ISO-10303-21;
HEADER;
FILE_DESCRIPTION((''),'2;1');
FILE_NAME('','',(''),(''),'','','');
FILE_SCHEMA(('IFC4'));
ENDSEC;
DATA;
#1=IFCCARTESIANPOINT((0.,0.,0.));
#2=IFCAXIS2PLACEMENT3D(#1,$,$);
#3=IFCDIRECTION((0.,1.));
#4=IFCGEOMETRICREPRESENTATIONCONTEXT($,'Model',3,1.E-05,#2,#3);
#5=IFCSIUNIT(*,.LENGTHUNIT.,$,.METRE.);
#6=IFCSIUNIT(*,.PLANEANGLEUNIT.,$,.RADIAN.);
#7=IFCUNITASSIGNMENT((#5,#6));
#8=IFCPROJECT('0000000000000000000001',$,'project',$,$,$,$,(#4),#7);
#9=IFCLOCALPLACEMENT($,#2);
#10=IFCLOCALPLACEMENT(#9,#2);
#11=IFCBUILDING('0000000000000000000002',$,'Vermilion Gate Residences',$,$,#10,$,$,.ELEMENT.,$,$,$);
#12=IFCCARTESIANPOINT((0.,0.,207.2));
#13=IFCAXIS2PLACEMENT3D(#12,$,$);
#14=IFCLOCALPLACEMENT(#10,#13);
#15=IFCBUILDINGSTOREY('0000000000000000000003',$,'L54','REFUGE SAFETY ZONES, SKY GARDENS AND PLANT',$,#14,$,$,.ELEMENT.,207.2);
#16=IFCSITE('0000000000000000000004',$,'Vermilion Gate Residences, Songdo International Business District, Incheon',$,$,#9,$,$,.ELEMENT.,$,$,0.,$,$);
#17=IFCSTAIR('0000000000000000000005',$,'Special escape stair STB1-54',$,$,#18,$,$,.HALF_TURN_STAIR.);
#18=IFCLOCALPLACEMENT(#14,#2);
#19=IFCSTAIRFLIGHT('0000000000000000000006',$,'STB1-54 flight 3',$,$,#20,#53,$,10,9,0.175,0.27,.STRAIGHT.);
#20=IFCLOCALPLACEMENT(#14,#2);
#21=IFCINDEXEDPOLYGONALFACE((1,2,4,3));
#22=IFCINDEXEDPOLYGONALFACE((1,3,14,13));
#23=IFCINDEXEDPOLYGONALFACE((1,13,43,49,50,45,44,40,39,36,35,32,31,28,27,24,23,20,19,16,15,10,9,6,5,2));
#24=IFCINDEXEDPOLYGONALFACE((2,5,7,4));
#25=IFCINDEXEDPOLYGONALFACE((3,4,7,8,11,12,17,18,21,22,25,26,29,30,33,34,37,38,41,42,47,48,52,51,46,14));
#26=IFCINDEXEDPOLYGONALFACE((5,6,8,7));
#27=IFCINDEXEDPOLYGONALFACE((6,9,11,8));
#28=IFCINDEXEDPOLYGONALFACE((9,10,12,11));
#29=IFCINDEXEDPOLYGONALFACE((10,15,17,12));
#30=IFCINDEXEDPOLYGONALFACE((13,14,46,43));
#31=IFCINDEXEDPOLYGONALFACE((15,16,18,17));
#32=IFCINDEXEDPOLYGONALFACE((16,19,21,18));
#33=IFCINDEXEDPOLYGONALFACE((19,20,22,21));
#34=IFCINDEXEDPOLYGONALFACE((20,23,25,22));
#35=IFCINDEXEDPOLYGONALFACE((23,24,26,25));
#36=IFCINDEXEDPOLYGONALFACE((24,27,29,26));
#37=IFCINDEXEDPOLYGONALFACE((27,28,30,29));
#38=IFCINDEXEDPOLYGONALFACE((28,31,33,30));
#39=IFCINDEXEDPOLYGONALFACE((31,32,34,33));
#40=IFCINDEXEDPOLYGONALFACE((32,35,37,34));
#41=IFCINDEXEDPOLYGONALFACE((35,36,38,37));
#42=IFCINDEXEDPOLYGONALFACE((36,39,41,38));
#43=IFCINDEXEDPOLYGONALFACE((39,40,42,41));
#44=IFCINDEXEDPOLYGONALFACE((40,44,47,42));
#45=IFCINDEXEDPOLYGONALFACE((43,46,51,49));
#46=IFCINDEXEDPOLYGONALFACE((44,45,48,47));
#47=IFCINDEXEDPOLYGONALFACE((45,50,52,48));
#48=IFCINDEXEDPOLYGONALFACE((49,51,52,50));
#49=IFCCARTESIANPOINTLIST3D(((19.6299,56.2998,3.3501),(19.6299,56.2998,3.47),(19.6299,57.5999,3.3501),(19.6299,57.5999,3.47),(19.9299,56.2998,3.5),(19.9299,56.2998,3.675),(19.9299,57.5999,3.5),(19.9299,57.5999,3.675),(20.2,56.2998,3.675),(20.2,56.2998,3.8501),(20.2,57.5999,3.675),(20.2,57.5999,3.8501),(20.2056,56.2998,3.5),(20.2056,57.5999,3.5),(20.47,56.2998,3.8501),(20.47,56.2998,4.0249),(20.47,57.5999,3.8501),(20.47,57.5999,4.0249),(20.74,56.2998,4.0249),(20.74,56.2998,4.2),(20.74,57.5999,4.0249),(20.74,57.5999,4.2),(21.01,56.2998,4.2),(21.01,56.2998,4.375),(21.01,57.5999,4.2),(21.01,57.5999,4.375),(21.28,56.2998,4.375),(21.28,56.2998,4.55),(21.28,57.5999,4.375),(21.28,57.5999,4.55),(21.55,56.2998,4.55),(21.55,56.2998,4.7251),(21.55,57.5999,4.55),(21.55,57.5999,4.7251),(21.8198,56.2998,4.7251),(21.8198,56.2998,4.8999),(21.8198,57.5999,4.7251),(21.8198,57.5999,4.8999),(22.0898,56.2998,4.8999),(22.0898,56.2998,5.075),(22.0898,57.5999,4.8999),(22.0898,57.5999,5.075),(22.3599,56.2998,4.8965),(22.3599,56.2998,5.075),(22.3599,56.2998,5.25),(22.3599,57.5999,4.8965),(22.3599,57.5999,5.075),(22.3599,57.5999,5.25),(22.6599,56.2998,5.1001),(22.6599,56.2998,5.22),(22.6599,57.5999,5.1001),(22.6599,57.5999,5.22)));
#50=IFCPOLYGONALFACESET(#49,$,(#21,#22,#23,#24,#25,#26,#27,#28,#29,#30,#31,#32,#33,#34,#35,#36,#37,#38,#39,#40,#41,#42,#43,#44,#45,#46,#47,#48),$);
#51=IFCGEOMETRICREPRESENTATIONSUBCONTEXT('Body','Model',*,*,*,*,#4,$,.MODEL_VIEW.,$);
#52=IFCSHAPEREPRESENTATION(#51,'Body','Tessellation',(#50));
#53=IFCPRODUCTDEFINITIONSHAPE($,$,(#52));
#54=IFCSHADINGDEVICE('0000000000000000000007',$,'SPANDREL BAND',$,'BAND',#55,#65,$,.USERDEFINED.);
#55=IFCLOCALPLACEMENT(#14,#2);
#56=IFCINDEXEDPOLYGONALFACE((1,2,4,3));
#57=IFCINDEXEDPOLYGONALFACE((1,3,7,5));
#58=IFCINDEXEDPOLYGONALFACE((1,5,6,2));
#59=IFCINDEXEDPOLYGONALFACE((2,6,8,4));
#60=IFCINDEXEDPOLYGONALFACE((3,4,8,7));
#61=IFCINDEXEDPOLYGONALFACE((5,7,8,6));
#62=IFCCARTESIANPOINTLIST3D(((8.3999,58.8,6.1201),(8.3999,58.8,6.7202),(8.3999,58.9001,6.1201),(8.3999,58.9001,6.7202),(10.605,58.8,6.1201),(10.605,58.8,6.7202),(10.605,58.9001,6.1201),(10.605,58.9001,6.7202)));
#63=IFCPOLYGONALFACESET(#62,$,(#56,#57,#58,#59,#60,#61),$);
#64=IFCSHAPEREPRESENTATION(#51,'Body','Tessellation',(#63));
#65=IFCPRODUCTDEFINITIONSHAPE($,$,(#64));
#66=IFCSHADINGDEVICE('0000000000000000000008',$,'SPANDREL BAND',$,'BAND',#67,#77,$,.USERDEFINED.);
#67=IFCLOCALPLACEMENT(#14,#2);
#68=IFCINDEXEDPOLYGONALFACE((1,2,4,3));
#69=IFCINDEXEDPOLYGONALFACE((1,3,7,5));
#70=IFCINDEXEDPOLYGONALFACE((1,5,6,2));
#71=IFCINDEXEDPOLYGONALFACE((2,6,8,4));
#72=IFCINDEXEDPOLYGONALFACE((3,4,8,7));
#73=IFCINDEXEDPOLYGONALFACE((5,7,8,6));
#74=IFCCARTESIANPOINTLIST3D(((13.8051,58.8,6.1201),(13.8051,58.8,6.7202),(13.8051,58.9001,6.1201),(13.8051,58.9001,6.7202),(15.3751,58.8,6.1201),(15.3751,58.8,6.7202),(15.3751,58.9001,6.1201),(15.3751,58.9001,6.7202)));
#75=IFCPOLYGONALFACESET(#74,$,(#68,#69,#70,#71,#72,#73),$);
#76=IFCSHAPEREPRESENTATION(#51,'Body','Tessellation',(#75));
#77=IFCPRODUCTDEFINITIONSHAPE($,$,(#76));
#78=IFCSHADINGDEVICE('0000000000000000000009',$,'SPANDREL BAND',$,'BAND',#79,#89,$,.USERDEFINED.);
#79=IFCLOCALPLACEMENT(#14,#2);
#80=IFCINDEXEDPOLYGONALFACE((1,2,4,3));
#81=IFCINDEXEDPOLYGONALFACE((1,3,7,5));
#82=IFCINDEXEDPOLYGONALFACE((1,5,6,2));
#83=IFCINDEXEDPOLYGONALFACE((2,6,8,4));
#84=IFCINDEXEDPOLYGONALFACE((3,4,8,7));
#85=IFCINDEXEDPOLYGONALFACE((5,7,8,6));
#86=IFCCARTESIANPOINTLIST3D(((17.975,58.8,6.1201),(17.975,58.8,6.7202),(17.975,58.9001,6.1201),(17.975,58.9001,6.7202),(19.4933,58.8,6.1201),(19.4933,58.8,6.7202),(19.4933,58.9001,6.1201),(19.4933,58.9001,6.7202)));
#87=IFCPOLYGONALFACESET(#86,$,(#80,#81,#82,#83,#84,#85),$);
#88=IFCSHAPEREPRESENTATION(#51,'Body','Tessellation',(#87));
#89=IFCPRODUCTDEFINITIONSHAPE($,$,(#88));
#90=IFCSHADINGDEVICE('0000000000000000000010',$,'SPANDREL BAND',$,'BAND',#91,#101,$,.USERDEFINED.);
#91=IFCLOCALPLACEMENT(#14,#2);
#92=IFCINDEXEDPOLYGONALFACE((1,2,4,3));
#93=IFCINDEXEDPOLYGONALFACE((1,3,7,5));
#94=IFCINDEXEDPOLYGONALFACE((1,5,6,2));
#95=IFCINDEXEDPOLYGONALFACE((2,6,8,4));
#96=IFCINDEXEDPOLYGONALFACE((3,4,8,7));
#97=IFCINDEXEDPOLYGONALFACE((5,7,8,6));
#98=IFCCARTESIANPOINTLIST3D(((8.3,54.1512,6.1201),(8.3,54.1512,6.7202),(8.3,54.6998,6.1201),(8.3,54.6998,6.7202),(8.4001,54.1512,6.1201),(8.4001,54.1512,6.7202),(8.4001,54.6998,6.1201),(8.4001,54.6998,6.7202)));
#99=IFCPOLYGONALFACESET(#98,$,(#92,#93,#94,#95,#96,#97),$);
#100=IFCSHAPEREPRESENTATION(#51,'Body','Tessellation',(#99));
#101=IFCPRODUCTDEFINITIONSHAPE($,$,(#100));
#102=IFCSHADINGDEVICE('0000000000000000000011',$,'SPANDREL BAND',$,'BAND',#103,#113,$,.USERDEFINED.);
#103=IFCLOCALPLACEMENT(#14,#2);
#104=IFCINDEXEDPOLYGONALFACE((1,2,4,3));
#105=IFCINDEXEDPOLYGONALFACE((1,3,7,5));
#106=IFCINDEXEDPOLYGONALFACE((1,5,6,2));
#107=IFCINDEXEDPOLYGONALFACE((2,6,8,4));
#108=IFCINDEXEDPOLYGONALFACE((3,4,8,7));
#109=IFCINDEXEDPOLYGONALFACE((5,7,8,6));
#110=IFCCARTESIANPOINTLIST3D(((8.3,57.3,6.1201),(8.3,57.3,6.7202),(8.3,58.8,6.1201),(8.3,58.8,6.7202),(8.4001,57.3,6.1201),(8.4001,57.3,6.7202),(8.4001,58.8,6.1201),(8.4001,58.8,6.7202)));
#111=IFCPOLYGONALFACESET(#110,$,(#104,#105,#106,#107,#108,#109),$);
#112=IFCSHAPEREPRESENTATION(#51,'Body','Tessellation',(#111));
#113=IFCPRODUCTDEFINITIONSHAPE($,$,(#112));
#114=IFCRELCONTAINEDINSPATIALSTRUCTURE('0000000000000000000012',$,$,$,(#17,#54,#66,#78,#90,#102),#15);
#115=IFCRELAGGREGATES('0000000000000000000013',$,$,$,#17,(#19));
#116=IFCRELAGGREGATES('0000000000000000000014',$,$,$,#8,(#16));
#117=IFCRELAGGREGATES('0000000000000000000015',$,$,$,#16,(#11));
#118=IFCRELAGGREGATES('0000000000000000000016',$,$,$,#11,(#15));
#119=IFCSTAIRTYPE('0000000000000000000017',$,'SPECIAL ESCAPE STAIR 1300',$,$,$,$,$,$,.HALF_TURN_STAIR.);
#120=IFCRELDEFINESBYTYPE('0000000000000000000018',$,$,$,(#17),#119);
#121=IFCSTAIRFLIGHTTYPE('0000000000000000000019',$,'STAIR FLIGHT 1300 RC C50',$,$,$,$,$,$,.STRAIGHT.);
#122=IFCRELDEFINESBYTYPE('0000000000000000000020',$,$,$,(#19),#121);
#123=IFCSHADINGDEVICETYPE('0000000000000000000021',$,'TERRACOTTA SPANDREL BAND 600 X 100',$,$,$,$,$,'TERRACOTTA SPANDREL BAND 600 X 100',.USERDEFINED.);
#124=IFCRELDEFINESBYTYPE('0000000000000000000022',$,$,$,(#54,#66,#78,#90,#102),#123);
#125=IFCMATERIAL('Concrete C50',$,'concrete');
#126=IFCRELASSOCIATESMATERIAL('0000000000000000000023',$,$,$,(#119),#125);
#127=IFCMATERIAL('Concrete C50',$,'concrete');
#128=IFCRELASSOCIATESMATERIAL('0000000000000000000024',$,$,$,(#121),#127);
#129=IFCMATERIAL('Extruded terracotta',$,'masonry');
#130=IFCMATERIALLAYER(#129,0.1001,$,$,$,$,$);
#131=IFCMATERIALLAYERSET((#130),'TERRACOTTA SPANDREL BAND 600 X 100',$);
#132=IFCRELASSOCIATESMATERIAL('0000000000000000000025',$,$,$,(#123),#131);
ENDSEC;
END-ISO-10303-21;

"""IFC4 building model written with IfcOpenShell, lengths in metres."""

from ifc_helpers import new_model, si_unit, direction, frame, origin, origin_2d, place, context, subcontext, project, spatial, polyline, rectangle, outline, extrude, material, layer, layer_set, type_object, element, aggregate, save


model = new_model("IFC4")

# Units and contexts
model_context = context("Model", 3, precision=1e-05, world=origin(), true_north=direction((0.0, 1.0)))
body_context = subcontext(model_context, "Body", "Model", "MODEL_VIEW")
ifc_project = project(units=[si_unit("LENGTHUNIT", "METRE"), si_unit("PLANEANGLEUNIT", "RADIAN")], contexts=[model_context])

# Site, building, storey
site_placement = place(None, origin())
site = spatial("IfcSite", under=ifc_project, at=site_placement, Name="Vermilion Gate Residences, Songdo International Business District, Incheon", CompositionType="ELEMENT", RefElevation=0.0)
building_placement = place(site_placement, origin())
building = spatial("IfcBuilding", under=site, at=building_placement, Name="Vermilion Gate Residences", CompositionType="ELEMENT")
storey_placement = place(building_placement, frame((0.0, 0.0, 207.2)))
storey = spatial("IfcBuildingStorey", under=building, at=storey_placement, Name="L54", Description="REFUGE SAFETY ZONES, SKY GARDENS AND PLANT", CompositionType="ELEMENT", Elevation=207.2)

# Stair, stair flight
ifc_material_1 = material(Name="Concrete C50", Category="concrete")
stair_type = type_object("IfcStairType", Name="SPECIAL ESCAPE STAIR 1300", PredefinedType="HALF_TURN_STAIR", material=ifc_material_1)
stair_placement = place(storey_placement, origin())
stair = element("IfcStair", 1, at=stair_placement, inside=storey, type_object=stair_type, Name="Special escape stair STB1-54", PredefinedType="HALF_TURN_STAIR")
ifc_material_2 = material(Name="Concrete C50", Category="concrete")
stair_flight_type = type_object("IfcStairFlightType", Name="STAIR FLIGHT 1300 RC C50", PredefinedType="STRAIGHT", material=ifc_material_2)
stair_flight_1_placement = place(storey_placement, frame((19.9299, 56.95, 3.5), z_axis=(0.0, 0.0, 1.0), x_axis=(1.0, 0.0, 0.0)))
stair_flight_1 = element("IfcStairFlight", 2, at=stair_flight_1_placement, type_object=stair_flight_type, Name="STB1-54 flight 3", NumberOfRisers=10, NumberOfTreads=9, PredefinedType="STRAIGHT", RiserHeight=0.175, TreadLength=0.27, context=body_context, shape_type="SweptSolid", body=[
    extrude(outline(polyline([(-0.3, -0.1499), (-0.3, -0.03), (0.0, 0.0), (0.0, 0.175), (0.27, 0.175), (0.27, 0.3501), (0.54, 0.3501), (0.54, 0.5249), (0.8101, 0.5249), (0.8101, 0.7), (1.0801, 0.7), (1.0801, 0.875), (1.3501, 0.875), (1.3501, 1.05), (1.6201, 1.05), (1.6201, 1.2251), (1.8899, 1.2251), (1.8899, 1.3999), (2.1599, 1.3999), (2.1599, 1.575), (2.4299, 1.575), (2.4299, 1.75), (2.73, 1.72), (2.73, 1.6001), (2.4299, 1.3965), (0.2756, 0.0), (-0.3, -0.1499)])), frame((0.0, 0.6499, 0.0), z_axis=(0.0, -1.0, 0.0), x_axis=(1.0, 0.0, 0.0)), (0.0, 0.0, 1.0), 1.3),
])
aggregate(stair, [stair_flight_1])

# Shading devices
ifc_material_3 = material(Name="Extruded terracotta", Category="masonry")
ifc_layer_1 = layer(ifc_material_3, 0.1001)
ifc_layer_set_1 = layer_set([ifc_layer_1], Name="TERRACOTTA SPANDREL BAND 600 X 100")
shading_device_type = type_object("IfcShadingDeviceType", Name="TERRACOTTA SPANDREL BAND 600 X 100", ElementType="TERRACOTTA SPANDREL BAND 600 X 100", PredefinedType="USERDEFINED", material=ifc_layer_set_1)
shading_device_1_placement = place(storey_placement, frame((9.5024, 58.8501, 6.1201), z_axis=(0.0, 0.0, 1.0), x_axis=(1.0, 0.0, 0.0)))
element("IfcShadingDevice", 3, at=shading_device_1_placement, inside=storey, type_object=shading_device_type, Name="SPANDREL BAND", ObjectType="BAND", PredefinedType="USERDEFINED", context=body_context, shape_type="SweptSolid", body=[
    extrude(rectangle(XDim=2.2051, YDim=0.1001, at=origin_2d()), origin(), (0.0, 0.0, 1.0), 0.6001),
])
shading_device_2_placement = place(storey_placement, frame((14.5901, 58.8501, 6.1201), z_axis=(0.0, 0.0, 1.0), x_axis=(1.0, 0.0, 0.0)))
element("IfcShadingDevice", 4, at=shading_device_2_placement, inside=storey, type_object=shading_device_type, Name="SPANDREL BAND", ObjectType="BAND", PredefinedType="USERDEFINED", context=body_context, shape_type="SweptSolid", body=[
    extrude(rectangle(XDim=1.5701, YDim=0.1001, at=origin_2d()), origin(), (0.0, 0.0, 1.0), 0.6001),
])
shading_device_3_placement = place(storey_placement, frame((18.7341, 58.8501, 6.1201), z_axis=(0.0, 0.0, 1.0), x_axis=(1.0, 0.0, 0.0)))
element("IfcShadingDevice", 5, at=shading_device_3_placement, inside=storey, type_object=shading_device_type, Name="SPANDREL BAND", ObjectType="BAND", PredefinedType="USERDEFINED", context=body_context, shape_type="SweptSolid", body=[
    extrude(rectangle(XDim=1.5183, YDim=0.1001, at=origin_2d()), origin(), (0.0, 0.0, 1.0), 0.6001),
])
shading_device_4_placement = place(storey_placement, frame((8.3501, 54.4255, 6.1201), z_axis=(0.0, 0.0, 1.0), x_axis=(0.0, 1.0, 0.0)))
element("IfcShadingDevice", 6, at=shading_device_4_placement, inside=storey, type_object=shading_device_type, Name="SPANDREL BAND", ObjectType="BAND", PredefinedType="USERDEFINED", context=body_context, shape_type="SweptSolid", body=[
    extrude(rectangle(XDim=0.5486, YDim=0.1001, at=origin_2d()), origin(), (0.0, 0.0, 1.0), 0.6001),
])
shading_device_5_placement = place(storey_placement, frame((8.3501, 58.05, 6.1201), z_axis=(0.0, 0.0, 1.0), x_axis=(0.0, 1.0, 0.0)))
element("IfcShadingDevice", 7, at=shading_device_5_placement, inside=storey, type_object=shading_device_type, Name="SPANDREL BAND", ObjectType="BAND", PredefinedType="USERDEFINED", context=body_context, shape_type="SweptSolid", body=[
    extrude(rectangle(XDim=1.5, YDim=0.1001, at=origin_2d()), origin(), (0.0, 0.0, 1.0), 0.6001),
])

save(model, "model.ifc")
